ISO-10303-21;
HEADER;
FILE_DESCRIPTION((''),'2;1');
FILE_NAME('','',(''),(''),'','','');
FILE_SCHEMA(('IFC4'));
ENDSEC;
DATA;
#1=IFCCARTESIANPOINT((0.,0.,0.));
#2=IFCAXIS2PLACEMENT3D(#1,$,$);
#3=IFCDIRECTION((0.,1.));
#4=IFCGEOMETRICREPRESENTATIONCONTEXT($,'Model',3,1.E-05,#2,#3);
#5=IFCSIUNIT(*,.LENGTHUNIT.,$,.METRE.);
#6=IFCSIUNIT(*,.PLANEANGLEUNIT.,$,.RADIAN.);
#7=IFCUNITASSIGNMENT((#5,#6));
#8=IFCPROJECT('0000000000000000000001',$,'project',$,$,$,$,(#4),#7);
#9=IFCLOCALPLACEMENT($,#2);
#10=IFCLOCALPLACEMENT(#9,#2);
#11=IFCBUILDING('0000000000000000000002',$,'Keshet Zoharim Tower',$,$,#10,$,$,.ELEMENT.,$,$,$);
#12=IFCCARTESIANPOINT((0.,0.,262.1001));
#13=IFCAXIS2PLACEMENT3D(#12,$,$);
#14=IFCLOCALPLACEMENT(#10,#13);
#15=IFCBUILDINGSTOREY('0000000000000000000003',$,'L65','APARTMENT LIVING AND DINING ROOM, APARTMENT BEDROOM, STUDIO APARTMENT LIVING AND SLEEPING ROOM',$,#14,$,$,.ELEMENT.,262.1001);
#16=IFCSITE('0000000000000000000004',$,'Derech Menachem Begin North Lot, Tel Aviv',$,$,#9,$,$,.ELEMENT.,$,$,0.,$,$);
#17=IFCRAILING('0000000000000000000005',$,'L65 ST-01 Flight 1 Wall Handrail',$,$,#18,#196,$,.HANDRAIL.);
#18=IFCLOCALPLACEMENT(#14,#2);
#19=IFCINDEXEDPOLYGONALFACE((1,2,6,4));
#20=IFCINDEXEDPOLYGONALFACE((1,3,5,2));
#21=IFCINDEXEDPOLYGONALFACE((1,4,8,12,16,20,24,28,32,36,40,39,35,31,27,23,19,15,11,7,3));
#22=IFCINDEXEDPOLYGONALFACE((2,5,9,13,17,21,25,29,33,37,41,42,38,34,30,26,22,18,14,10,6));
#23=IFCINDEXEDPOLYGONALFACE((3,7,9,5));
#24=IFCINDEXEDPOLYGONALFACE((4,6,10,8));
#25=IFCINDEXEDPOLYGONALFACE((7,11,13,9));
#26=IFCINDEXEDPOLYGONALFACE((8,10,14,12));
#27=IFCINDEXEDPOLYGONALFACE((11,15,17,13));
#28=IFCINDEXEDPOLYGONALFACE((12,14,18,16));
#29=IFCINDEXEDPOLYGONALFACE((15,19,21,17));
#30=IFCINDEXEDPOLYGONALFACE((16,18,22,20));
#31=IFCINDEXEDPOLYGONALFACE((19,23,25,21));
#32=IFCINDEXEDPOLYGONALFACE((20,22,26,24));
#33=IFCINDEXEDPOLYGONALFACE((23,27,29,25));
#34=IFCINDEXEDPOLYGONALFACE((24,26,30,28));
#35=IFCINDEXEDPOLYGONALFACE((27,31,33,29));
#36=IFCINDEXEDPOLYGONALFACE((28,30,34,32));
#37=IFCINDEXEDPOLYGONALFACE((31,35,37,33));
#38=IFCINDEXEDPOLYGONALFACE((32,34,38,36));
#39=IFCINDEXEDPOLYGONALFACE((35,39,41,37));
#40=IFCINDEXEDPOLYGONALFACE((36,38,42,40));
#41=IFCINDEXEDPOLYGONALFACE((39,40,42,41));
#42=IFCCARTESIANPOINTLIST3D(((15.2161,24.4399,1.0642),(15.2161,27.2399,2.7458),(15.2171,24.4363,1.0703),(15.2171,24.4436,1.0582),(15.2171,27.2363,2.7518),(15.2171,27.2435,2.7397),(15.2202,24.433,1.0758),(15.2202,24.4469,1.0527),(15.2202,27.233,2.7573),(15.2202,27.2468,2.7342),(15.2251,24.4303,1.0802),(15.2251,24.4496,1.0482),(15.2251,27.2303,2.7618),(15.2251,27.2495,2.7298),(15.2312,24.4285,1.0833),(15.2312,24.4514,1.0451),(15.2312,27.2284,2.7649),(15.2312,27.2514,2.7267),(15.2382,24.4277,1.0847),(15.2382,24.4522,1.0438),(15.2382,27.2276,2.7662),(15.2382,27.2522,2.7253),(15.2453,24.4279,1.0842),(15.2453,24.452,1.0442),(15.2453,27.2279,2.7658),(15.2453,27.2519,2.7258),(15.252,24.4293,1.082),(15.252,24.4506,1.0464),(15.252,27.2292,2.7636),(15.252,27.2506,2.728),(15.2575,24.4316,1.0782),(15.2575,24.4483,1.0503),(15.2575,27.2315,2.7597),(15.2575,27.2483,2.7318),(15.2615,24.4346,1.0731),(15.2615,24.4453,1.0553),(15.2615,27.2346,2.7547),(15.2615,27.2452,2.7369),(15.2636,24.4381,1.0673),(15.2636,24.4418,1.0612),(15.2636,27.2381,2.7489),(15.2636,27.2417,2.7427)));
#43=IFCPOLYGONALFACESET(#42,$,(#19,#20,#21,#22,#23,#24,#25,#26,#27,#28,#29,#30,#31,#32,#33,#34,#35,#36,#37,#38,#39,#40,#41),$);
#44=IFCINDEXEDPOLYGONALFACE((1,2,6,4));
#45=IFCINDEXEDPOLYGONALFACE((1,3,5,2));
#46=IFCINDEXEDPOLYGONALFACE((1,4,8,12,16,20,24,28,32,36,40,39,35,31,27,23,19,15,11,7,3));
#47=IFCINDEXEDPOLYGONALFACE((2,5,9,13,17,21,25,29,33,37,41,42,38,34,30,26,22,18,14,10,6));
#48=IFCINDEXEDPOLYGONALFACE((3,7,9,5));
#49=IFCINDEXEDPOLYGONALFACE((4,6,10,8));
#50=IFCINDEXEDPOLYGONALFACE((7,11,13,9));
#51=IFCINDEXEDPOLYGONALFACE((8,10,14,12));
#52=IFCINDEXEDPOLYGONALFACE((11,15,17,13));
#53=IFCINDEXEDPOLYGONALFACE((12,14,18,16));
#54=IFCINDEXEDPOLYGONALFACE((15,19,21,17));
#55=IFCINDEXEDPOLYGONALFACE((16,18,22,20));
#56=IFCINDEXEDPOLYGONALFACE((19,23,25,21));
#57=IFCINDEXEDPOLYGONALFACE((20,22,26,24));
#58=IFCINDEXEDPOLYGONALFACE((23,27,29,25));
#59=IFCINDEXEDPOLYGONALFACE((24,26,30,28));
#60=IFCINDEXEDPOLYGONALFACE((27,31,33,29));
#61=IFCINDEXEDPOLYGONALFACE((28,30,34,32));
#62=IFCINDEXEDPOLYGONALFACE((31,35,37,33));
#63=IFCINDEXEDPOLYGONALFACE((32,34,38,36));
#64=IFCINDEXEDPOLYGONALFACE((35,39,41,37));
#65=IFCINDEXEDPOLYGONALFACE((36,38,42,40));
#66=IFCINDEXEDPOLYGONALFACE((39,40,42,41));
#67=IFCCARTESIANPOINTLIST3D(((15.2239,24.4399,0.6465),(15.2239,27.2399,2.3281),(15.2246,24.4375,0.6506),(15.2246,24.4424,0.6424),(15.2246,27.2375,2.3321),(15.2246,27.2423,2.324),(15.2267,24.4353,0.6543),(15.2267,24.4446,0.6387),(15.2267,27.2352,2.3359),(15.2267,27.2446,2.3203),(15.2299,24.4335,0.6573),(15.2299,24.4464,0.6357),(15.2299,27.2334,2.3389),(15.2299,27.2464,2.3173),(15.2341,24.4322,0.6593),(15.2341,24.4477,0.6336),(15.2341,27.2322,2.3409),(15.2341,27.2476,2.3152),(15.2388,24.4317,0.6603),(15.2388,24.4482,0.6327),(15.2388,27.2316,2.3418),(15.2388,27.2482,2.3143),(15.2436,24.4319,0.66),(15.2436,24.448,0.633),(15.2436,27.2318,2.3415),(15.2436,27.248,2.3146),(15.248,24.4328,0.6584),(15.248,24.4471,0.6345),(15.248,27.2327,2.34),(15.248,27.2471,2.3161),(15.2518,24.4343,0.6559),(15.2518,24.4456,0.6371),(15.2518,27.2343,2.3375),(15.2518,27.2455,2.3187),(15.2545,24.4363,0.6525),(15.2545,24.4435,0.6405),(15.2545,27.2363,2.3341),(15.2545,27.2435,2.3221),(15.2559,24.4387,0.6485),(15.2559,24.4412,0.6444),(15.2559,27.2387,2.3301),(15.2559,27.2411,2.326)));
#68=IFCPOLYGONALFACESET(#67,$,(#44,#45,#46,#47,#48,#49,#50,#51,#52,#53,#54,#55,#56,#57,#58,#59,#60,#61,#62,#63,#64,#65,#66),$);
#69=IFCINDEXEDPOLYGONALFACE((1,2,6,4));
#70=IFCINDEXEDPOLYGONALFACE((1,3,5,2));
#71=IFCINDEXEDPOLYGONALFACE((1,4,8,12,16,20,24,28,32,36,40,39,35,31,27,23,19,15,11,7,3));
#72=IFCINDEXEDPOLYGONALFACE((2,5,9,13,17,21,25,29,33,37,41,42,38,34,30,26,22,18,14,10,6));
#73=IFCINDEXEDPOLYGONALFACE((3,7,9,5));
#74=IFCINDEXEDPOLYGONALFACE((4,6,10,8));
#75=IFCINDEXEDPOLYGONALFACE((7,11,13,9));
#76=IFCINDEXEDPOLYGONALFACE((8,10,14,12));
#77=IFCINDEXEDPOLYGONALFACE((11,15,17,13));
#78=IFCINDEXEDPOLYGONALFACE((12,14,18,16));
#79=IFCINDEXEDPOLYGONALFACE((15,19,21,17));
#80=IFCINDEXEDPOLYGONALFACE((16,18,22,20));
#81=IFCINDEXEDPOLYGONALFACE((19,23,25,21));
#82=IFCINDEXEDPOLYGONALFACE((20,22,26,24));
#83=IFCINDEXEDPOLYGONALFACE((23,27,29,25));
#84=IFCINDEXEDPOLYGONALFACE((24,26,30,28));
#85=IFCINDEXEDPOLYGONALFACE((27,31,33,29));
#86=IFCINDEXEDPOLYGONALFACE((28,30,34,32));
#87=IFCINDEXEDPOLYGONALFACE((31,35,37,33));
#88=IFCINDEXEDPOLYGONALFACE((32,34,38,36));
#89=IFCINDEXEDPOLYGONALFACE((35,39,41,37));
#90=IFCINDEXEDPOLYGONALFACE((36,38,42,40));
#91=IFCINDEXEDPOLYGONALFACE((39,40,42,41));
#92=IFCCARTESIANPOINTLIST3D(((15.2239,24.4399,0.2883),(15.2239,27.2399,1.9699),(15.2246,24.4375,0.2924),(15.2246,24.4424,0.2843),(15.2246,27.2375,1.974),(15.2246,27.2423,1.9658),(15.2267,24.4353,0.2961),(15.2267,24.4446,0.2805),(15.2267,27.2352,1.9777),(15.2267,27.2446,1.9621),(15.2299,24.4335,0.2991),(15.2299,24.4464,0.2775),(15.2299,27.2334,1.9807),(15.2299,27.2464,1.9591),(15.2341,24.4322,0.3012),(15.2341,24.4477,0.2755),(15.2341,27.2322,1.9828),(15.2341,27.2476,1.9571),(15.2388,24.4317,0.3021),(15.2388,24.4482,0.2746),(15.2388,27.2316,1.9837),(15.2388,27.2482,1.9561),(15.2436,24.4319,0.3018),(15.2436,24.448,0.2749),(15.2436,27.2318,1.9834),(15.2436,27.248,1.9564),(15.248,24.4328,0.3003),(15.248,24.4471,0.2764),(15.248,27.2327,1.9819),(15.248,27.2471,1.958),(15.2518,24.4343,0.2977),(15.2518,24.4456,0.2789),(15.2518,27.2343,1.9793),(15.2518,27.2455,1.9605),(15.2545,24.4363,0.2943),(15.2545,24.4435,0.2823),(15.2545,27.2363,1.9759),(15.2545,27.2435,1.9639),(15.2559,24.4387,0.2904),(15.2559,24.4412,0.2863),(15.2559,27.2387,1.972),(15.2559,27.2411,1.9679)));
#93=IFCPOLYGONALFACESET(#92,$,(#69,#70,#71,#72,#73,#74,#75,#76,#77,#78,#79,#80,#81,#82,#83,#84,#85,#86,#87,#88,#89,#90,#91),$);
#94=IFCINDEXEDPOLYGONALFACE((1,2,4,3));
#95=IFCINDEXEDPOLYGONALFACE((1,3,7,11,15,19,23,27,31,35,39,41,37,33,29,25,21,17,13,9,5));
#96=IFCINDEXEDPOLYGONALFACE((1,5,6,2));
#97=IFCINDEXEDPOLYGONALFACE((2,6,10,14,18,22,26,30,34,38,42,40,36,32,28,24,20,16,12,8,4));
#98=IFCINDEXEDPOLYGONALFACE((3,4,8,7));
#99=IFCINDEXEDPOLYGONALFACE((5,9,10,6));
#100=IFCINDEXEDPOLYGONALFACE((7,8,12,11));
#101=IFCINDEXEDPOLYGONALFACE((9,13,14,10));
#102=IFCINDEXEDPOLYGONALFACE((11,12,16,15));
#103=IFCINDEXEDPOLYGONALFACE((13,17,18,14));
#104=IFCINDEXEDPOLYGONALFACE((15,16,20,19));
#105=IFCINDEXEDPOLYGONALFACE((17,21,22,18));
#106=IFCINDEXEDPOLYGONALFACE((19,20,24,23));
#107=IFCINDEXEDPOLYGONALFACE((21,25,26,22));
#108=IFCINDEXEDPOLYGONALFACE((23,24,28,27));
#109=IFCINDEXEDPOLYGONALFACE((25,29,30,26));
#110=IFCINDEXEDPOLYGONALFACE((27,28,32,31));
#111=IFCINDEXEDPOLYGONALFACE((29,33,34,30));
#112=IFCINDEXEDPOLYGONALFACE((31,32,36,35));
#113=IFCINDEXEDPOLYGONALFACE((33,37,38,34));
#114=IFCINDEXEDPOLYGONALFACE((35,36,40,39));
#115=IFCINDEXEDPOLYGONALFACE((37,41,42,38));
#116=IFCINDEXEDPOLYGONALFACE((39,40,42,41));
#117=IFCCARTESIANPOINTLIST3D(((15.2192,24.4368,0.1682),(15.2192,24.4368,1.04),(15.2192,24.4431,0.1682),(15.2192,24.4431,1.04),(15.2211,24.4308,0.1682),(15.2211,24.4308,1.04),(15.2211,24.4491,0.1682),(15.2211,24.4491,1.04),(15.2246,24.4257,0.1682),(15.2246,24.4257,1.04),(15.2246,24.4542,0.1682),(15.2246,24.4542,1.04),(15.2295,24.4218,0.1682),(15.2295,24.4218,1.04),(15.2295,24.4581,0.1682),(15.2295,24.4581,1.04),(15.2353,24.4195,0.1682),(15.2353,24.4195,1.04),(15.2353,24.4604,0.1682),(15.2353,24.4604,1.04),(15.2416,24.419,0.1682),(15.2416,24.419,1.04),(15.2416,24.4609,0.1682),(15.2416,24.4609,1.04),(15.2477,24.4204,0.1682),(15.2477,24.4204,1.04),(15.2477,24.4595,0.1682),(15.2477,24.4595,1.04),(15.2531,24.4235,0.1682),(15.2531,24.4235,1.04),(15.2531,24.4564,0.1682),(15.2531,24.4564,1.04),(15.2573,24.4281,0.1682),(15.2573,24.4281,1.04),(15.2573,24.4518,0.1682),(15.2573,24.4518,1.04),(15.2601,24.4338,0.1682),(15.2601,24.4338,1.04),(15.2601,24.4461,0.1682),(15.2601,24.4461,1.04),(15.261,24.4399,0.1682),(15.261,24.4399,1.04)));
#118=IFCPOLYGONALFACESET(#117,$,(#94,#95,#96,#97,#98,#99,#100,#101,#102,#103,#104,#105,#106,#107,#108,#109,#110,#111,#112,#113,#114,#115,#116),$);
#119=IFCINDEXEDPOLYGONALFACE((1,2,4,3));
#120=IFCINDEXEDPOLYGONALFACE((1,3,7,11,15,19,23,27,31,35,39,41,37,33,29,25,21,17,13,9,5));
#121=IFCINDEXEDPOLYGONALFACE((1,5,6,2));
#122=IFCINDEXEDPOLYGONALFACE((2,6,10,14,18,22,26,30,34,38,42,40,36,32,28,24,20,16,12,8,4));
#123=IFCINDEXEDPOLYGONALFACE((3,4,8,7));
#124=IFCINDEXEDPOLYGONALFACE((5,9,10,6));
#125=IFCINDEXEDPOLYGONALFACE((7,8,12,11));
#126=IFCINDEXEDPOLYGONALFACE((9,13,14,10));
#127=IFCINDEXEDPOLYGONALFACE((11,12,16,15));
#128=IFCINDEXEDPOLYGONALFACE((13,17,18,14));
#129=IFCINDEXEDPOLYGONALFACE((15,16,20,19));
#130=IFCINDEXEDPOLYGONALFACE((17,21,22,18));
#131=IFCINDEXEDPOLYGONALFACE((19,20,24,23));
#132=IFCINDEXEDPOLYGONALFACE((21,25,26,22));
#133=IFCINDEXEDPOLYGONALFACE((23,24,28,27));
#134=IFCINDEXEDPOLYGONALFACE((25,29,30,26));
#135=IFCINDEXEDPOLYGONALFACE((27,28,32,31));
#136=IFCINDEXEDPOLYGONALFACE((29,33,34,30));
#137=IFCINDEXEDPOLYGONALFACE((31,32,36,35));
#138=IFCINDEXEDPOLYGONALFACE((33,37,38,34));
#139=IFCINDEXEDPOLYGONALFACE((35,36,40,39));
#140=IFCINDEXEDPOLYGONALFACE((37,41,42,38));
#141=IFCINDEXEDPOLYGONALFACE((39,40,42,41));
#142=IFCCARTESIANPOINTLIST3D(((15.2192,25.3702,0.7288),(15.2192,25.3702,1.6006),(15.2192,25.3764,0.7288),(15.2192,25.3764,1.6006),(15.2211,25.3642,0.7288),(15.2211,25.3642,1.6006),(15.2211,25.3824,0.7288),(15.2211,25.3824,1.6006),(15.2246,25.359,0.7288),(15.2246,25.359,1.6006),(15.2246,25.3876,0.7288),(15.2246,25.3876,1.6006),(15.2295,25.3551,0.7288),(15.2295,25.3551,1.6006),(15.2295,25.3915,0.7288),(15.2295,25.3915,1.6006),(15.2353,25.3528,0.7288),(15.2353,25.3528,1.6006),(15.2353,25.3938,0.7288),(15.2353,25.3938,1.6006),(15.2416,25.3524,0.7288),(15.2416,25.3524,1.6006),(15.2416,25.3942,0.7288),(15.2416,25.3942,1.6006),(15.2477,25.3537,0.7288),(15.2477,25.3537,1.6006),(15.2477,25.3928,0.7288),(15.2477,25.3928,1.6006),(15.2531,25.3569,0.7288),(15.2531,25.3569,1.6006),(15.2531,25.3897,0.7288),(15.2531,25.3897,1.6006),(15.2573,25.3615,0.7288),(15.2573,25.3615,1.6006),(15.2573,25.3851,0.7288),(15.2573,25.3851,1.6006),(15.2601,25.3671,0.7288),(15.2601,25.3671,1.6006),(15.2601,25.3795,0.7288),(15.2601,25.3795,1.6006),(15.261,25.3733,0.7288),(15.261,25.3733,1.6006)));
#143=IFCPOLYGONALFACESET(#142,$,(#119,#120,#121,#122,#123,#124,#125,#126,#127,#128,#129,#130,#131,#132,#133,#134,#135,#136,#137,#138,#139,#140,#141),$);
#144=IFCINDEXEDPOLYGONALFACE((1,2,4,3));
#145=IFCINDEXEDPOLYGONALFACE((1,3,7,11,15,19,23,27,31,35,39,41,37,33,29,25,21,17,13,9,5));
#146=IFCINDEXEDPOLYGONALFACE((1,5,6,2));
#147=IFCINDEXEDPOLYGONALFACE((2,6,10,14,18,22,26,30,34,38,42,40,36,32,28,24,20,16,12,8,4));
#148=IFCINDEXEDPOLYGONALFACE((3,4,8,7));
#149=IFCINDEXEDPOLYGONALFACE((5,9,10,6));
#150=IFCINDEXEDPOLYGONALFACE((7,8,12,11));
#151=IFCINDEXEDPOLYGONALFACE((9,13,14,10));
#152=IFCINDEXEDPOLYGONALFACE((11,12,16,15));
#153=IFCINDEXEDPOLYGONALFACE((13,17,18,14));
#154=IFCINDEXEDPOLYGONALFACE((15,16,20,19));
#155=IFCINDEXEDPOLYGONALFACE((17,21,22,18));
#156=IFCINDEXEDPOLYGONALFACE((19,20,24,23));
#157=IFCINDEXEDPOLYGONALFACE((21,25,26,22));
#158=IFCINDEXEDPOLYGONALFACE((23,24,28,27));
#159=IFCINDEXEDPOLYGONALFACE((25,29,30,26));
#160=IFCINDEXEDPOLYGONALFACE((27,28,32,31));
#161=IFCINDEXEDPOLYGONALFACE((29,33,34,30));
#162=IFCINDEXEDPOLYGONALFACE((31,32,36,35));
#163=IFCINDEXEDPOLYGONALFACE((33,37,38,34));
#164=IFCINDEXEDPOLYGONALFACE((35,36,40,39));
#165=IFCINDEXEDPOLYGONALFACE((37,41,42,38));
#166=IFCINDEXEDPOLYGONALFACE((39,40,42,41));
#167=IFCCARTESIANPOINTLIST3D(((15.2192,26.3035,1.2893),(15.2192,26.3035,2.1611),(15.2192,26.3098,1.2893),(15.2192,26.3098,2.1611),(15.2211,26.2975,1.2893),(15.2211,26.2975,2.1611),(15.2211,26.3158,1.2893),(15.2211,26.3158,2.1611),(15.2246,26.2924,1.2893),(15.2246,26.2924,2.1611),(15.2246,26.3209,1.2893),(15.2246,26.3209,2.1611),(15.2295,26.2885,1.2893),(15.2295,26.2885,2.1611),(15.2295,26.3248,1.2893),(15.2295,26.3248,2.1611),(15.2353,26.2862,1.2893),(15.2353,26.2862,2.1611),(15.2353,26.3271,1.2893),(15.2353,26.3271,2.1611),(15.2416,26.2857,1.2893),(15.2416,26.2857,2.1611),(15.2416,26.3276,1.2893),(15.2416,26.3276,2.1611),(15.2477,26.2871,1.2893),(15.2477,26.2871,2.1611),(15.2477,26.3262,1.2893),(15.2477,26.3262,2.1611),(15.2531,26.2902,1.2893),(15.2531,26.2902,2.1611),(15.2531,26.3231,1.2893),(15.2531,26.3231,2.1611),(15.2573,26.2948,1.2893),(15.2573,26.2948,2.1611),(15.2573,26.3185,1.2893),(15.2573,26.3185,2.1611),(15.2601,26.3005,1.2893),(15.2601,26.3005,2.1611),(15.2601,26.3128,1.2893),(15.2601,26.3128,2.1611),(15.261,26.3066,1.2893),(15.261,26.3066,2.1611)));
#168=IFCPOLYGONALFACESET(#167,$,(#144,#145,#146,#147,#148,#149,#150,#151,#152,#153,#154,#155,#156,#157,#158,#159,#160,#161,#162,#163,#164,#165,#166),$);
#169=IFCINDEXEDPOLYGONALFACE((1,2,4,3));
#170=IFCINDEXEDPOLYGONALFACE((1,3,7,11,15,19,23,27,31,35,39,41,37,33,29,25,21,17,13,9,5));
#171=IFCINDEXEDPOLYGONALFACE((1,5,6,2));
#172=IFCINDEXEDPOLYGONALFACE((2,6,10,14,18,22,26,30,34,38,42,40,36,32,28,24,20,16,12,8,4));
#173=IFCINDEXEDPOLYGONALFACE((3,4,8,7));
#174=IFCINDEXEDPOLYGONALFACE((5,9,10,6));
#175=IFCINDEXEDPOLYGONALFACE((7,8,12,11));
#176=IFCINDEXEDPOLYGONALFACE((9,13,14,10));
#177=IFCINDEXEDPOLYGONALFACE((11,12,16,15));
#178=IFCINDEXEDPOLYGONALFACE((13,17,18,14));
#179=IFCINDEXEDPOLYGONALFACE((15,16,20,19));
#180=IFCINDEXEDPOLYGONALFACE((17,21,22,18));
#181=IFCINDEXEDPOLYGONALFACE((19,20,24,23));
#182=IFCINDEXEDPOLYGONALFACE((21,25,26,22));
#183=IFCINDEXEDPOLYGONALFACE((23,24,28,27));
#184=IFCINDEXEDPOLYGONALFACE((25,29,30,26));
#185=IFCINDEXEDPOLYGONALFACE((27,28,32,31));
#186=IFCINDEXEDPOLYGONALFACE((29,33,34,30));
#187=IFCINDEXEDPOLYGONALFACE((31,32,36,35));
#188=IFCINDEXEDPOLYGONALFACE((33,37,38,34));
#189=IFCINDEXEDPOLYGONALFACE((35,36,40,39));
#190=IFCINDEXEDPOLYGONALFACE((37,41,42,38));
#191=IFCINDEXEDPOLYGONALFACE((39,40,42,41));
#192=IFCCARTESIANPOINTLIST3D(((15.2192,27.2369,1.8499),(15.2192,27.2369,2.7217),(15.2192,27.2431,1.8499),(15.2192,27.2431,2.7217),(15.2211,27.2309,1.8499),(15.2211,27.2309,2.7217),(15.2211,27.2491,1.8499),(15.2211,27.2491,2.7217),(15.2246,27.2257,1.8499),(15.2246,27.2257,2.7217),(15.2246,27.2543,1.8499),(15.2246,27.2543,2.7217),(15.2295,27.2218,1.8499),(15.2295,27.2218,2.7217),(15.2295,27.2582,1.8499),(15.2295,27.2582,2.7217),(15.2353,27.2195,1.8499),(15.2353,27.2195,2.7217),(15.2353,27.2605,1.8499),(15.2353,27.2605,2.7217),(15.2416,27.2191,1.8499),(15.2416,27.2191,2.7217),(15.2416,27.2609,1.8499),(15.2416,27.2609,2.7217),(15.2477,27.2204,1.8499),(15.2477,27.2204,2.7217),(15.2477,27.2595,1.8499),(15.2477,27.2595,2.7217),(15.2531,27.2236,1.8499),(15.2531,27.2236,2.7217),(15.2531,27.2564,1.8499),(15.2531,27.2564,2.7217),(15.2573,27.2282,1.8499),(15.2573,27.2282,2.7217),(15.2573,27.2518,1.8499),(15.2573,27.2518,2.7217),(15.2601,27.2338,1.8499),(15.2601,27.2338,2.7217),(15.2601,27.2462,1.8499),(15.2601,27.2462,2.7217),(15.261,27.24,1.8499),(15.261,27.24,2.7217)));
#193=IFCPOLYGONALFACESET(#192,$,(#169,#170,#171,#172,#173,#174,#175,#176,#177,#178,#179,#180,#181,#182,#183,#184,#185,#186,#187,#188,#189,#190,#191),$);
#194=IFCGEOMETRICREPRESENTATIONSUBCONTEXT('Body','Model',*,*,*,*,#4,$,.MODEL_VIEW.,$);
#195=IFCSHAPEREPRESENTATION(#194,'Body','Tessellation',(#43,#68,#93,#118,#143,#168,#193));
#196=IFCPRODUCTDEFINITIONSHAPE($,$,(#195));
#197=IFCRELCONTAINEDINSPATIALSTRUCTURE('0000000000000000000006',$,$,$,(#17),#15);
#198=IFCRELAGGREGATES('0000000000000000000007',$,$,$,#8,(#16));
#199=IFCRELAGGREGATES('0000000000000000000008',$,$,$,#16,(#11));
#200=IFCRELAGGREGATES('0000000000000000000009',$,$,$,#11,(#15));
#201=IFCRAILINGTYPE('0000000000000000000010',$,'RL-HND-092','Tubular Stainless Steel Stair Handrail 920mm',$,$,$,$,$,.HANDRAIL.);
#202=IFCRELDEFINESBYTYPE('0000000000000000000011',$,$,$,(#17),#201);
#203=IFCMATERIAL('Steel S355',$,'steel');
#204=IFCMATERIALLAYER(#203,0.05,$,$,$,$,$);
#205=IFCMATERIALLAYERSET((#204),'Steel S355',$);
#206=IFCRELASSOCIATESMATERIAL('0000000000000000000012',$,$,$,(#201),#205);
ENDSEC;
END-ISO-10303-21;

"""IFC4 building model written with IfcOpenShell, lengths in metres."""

from ifc_helpers import new_model, si_unit, direction, frame, origin, origin_2d, place, context, subcontext, project, spatial, circle, extrude, material, layer, layer_set, type_object, element, save


model = new_model("IFC4")

# Units and contexts
model_context = context("Model", 3, precision=1e-05, world=origin(), true_north=direction((0.0, 1.0)))
body_context = subcontext(model_context, "Body", "Model", "MODEL_VIEW")
ifc_project = project(units=[si_unit("LENGTHUNIT", "METRE"), si_unit("PLANEANGLEUNIT", "RADIAN")], contexts=[model_context])

# Site, building, storey
site_placement = place(None, origin())
site = spatial("IfcSite", under=ifc_project, at=site_placement, Name="Derech Menachem Begin North Lot, Tel Aviv", CompositionType="ELEMENT", RefElevation=0.0)
building_placement = place(site_placement, origin())
building = spatial("IfcBuilding", under=site, at=building_placement, Name="Keshet Zoharim Tower", CompositionType="ELEMENT")
storey_placement = place(building_placement, frame((0.0, 0.0, 262.1001)))
storey = spatial("IfcBuildingStorey", under=building, at=storey_placement, Name="L65", Description="APARTMENT LIVING AND DINING ROOM, APARTMENT BEDROOM, STUDIO APARTMENT LIVING AND SLEEPING ROOM", CompositionType="ELEMENT", Elevation=262.1001)

# Shared definitions
ifc_material_1 = material(Name="Steel S355", Category="steel")

# Railing
ifc_layer_1 = layer(ifc_material_1, 0.05)
ifc_layer_set_1 = layer_set([ifc_layer_1], Name="Steel S355")
railing_type_1 = type_object("IfcRailingType", Name="RL-HND-092", Description="Tubular Stainless Steel Stair Handrail 920mm", PredefinedType="HANDRAIL", material=ifc_layer_set_1)
railing_1_placement = place(storey_placement, frame((15.24, 24.4399, 0.1682)))
element("IfcRailing", 1, at=railing_1_placement, inside=storey, type_object=railing_type_1, Name="L65 ST-01 Flight 1 Wall Handrail", PredefinedType="HANDRAIL", context=body_context, shape_type="SweptSolid", body=[
    extrude(circle(Radius=0.0239, at=origin_2d()), frame((0.0, 0.0, 0.896), z_axis=(0.0, 0.857275, 0.514858), x_axis=(-1.0, 0.0, 0.0)), (0.0, 0.0, 1.0), 3.2661),
    extrude(circle(Radius=0.0161, at=origin_2d()), frame((0.0, 0.0, 0.4783), z_axis=(0.0, 0.857275, 0.514858), x_axis=(-1.0, 0.0, 0.0)), (0.0, 0.0, 1.0), 3.2661),
    extrude(circle(Radius=0.0161, at=origin_2d()), frame((0.0, 0.0, 0.1201), z_axis=(0.0, 0.857275, 0.514858), x_axis=(-1.0, 0.0, 0.0)), (0.0, 0.0, 1.0), 3.2661),
    extrude(circle(Radius=0.021, at=origin_2d()), origin(), (0.0, 0.0, 1.0), 0.8718),
    extrude(circle(Radius=0.021, at=origin_2d()), frame((0.0, 0.9333, 0.5605)), (0.0, 0.0, 1.0), 0.8718),
    extrude(circle(Radius=0.021, at=origin_2d()), frame((0.0, 1.8667, 1.1211)), (0.0, 0.0, 1.0), 0.8718),
    extrude(circle(Radius=0.021, at=origin_2d()), frame((0.0, 2.8, 1.6816)), (0.0, 0.0, 1.0), 0.8718),
])

save(model, "model.ifc")
